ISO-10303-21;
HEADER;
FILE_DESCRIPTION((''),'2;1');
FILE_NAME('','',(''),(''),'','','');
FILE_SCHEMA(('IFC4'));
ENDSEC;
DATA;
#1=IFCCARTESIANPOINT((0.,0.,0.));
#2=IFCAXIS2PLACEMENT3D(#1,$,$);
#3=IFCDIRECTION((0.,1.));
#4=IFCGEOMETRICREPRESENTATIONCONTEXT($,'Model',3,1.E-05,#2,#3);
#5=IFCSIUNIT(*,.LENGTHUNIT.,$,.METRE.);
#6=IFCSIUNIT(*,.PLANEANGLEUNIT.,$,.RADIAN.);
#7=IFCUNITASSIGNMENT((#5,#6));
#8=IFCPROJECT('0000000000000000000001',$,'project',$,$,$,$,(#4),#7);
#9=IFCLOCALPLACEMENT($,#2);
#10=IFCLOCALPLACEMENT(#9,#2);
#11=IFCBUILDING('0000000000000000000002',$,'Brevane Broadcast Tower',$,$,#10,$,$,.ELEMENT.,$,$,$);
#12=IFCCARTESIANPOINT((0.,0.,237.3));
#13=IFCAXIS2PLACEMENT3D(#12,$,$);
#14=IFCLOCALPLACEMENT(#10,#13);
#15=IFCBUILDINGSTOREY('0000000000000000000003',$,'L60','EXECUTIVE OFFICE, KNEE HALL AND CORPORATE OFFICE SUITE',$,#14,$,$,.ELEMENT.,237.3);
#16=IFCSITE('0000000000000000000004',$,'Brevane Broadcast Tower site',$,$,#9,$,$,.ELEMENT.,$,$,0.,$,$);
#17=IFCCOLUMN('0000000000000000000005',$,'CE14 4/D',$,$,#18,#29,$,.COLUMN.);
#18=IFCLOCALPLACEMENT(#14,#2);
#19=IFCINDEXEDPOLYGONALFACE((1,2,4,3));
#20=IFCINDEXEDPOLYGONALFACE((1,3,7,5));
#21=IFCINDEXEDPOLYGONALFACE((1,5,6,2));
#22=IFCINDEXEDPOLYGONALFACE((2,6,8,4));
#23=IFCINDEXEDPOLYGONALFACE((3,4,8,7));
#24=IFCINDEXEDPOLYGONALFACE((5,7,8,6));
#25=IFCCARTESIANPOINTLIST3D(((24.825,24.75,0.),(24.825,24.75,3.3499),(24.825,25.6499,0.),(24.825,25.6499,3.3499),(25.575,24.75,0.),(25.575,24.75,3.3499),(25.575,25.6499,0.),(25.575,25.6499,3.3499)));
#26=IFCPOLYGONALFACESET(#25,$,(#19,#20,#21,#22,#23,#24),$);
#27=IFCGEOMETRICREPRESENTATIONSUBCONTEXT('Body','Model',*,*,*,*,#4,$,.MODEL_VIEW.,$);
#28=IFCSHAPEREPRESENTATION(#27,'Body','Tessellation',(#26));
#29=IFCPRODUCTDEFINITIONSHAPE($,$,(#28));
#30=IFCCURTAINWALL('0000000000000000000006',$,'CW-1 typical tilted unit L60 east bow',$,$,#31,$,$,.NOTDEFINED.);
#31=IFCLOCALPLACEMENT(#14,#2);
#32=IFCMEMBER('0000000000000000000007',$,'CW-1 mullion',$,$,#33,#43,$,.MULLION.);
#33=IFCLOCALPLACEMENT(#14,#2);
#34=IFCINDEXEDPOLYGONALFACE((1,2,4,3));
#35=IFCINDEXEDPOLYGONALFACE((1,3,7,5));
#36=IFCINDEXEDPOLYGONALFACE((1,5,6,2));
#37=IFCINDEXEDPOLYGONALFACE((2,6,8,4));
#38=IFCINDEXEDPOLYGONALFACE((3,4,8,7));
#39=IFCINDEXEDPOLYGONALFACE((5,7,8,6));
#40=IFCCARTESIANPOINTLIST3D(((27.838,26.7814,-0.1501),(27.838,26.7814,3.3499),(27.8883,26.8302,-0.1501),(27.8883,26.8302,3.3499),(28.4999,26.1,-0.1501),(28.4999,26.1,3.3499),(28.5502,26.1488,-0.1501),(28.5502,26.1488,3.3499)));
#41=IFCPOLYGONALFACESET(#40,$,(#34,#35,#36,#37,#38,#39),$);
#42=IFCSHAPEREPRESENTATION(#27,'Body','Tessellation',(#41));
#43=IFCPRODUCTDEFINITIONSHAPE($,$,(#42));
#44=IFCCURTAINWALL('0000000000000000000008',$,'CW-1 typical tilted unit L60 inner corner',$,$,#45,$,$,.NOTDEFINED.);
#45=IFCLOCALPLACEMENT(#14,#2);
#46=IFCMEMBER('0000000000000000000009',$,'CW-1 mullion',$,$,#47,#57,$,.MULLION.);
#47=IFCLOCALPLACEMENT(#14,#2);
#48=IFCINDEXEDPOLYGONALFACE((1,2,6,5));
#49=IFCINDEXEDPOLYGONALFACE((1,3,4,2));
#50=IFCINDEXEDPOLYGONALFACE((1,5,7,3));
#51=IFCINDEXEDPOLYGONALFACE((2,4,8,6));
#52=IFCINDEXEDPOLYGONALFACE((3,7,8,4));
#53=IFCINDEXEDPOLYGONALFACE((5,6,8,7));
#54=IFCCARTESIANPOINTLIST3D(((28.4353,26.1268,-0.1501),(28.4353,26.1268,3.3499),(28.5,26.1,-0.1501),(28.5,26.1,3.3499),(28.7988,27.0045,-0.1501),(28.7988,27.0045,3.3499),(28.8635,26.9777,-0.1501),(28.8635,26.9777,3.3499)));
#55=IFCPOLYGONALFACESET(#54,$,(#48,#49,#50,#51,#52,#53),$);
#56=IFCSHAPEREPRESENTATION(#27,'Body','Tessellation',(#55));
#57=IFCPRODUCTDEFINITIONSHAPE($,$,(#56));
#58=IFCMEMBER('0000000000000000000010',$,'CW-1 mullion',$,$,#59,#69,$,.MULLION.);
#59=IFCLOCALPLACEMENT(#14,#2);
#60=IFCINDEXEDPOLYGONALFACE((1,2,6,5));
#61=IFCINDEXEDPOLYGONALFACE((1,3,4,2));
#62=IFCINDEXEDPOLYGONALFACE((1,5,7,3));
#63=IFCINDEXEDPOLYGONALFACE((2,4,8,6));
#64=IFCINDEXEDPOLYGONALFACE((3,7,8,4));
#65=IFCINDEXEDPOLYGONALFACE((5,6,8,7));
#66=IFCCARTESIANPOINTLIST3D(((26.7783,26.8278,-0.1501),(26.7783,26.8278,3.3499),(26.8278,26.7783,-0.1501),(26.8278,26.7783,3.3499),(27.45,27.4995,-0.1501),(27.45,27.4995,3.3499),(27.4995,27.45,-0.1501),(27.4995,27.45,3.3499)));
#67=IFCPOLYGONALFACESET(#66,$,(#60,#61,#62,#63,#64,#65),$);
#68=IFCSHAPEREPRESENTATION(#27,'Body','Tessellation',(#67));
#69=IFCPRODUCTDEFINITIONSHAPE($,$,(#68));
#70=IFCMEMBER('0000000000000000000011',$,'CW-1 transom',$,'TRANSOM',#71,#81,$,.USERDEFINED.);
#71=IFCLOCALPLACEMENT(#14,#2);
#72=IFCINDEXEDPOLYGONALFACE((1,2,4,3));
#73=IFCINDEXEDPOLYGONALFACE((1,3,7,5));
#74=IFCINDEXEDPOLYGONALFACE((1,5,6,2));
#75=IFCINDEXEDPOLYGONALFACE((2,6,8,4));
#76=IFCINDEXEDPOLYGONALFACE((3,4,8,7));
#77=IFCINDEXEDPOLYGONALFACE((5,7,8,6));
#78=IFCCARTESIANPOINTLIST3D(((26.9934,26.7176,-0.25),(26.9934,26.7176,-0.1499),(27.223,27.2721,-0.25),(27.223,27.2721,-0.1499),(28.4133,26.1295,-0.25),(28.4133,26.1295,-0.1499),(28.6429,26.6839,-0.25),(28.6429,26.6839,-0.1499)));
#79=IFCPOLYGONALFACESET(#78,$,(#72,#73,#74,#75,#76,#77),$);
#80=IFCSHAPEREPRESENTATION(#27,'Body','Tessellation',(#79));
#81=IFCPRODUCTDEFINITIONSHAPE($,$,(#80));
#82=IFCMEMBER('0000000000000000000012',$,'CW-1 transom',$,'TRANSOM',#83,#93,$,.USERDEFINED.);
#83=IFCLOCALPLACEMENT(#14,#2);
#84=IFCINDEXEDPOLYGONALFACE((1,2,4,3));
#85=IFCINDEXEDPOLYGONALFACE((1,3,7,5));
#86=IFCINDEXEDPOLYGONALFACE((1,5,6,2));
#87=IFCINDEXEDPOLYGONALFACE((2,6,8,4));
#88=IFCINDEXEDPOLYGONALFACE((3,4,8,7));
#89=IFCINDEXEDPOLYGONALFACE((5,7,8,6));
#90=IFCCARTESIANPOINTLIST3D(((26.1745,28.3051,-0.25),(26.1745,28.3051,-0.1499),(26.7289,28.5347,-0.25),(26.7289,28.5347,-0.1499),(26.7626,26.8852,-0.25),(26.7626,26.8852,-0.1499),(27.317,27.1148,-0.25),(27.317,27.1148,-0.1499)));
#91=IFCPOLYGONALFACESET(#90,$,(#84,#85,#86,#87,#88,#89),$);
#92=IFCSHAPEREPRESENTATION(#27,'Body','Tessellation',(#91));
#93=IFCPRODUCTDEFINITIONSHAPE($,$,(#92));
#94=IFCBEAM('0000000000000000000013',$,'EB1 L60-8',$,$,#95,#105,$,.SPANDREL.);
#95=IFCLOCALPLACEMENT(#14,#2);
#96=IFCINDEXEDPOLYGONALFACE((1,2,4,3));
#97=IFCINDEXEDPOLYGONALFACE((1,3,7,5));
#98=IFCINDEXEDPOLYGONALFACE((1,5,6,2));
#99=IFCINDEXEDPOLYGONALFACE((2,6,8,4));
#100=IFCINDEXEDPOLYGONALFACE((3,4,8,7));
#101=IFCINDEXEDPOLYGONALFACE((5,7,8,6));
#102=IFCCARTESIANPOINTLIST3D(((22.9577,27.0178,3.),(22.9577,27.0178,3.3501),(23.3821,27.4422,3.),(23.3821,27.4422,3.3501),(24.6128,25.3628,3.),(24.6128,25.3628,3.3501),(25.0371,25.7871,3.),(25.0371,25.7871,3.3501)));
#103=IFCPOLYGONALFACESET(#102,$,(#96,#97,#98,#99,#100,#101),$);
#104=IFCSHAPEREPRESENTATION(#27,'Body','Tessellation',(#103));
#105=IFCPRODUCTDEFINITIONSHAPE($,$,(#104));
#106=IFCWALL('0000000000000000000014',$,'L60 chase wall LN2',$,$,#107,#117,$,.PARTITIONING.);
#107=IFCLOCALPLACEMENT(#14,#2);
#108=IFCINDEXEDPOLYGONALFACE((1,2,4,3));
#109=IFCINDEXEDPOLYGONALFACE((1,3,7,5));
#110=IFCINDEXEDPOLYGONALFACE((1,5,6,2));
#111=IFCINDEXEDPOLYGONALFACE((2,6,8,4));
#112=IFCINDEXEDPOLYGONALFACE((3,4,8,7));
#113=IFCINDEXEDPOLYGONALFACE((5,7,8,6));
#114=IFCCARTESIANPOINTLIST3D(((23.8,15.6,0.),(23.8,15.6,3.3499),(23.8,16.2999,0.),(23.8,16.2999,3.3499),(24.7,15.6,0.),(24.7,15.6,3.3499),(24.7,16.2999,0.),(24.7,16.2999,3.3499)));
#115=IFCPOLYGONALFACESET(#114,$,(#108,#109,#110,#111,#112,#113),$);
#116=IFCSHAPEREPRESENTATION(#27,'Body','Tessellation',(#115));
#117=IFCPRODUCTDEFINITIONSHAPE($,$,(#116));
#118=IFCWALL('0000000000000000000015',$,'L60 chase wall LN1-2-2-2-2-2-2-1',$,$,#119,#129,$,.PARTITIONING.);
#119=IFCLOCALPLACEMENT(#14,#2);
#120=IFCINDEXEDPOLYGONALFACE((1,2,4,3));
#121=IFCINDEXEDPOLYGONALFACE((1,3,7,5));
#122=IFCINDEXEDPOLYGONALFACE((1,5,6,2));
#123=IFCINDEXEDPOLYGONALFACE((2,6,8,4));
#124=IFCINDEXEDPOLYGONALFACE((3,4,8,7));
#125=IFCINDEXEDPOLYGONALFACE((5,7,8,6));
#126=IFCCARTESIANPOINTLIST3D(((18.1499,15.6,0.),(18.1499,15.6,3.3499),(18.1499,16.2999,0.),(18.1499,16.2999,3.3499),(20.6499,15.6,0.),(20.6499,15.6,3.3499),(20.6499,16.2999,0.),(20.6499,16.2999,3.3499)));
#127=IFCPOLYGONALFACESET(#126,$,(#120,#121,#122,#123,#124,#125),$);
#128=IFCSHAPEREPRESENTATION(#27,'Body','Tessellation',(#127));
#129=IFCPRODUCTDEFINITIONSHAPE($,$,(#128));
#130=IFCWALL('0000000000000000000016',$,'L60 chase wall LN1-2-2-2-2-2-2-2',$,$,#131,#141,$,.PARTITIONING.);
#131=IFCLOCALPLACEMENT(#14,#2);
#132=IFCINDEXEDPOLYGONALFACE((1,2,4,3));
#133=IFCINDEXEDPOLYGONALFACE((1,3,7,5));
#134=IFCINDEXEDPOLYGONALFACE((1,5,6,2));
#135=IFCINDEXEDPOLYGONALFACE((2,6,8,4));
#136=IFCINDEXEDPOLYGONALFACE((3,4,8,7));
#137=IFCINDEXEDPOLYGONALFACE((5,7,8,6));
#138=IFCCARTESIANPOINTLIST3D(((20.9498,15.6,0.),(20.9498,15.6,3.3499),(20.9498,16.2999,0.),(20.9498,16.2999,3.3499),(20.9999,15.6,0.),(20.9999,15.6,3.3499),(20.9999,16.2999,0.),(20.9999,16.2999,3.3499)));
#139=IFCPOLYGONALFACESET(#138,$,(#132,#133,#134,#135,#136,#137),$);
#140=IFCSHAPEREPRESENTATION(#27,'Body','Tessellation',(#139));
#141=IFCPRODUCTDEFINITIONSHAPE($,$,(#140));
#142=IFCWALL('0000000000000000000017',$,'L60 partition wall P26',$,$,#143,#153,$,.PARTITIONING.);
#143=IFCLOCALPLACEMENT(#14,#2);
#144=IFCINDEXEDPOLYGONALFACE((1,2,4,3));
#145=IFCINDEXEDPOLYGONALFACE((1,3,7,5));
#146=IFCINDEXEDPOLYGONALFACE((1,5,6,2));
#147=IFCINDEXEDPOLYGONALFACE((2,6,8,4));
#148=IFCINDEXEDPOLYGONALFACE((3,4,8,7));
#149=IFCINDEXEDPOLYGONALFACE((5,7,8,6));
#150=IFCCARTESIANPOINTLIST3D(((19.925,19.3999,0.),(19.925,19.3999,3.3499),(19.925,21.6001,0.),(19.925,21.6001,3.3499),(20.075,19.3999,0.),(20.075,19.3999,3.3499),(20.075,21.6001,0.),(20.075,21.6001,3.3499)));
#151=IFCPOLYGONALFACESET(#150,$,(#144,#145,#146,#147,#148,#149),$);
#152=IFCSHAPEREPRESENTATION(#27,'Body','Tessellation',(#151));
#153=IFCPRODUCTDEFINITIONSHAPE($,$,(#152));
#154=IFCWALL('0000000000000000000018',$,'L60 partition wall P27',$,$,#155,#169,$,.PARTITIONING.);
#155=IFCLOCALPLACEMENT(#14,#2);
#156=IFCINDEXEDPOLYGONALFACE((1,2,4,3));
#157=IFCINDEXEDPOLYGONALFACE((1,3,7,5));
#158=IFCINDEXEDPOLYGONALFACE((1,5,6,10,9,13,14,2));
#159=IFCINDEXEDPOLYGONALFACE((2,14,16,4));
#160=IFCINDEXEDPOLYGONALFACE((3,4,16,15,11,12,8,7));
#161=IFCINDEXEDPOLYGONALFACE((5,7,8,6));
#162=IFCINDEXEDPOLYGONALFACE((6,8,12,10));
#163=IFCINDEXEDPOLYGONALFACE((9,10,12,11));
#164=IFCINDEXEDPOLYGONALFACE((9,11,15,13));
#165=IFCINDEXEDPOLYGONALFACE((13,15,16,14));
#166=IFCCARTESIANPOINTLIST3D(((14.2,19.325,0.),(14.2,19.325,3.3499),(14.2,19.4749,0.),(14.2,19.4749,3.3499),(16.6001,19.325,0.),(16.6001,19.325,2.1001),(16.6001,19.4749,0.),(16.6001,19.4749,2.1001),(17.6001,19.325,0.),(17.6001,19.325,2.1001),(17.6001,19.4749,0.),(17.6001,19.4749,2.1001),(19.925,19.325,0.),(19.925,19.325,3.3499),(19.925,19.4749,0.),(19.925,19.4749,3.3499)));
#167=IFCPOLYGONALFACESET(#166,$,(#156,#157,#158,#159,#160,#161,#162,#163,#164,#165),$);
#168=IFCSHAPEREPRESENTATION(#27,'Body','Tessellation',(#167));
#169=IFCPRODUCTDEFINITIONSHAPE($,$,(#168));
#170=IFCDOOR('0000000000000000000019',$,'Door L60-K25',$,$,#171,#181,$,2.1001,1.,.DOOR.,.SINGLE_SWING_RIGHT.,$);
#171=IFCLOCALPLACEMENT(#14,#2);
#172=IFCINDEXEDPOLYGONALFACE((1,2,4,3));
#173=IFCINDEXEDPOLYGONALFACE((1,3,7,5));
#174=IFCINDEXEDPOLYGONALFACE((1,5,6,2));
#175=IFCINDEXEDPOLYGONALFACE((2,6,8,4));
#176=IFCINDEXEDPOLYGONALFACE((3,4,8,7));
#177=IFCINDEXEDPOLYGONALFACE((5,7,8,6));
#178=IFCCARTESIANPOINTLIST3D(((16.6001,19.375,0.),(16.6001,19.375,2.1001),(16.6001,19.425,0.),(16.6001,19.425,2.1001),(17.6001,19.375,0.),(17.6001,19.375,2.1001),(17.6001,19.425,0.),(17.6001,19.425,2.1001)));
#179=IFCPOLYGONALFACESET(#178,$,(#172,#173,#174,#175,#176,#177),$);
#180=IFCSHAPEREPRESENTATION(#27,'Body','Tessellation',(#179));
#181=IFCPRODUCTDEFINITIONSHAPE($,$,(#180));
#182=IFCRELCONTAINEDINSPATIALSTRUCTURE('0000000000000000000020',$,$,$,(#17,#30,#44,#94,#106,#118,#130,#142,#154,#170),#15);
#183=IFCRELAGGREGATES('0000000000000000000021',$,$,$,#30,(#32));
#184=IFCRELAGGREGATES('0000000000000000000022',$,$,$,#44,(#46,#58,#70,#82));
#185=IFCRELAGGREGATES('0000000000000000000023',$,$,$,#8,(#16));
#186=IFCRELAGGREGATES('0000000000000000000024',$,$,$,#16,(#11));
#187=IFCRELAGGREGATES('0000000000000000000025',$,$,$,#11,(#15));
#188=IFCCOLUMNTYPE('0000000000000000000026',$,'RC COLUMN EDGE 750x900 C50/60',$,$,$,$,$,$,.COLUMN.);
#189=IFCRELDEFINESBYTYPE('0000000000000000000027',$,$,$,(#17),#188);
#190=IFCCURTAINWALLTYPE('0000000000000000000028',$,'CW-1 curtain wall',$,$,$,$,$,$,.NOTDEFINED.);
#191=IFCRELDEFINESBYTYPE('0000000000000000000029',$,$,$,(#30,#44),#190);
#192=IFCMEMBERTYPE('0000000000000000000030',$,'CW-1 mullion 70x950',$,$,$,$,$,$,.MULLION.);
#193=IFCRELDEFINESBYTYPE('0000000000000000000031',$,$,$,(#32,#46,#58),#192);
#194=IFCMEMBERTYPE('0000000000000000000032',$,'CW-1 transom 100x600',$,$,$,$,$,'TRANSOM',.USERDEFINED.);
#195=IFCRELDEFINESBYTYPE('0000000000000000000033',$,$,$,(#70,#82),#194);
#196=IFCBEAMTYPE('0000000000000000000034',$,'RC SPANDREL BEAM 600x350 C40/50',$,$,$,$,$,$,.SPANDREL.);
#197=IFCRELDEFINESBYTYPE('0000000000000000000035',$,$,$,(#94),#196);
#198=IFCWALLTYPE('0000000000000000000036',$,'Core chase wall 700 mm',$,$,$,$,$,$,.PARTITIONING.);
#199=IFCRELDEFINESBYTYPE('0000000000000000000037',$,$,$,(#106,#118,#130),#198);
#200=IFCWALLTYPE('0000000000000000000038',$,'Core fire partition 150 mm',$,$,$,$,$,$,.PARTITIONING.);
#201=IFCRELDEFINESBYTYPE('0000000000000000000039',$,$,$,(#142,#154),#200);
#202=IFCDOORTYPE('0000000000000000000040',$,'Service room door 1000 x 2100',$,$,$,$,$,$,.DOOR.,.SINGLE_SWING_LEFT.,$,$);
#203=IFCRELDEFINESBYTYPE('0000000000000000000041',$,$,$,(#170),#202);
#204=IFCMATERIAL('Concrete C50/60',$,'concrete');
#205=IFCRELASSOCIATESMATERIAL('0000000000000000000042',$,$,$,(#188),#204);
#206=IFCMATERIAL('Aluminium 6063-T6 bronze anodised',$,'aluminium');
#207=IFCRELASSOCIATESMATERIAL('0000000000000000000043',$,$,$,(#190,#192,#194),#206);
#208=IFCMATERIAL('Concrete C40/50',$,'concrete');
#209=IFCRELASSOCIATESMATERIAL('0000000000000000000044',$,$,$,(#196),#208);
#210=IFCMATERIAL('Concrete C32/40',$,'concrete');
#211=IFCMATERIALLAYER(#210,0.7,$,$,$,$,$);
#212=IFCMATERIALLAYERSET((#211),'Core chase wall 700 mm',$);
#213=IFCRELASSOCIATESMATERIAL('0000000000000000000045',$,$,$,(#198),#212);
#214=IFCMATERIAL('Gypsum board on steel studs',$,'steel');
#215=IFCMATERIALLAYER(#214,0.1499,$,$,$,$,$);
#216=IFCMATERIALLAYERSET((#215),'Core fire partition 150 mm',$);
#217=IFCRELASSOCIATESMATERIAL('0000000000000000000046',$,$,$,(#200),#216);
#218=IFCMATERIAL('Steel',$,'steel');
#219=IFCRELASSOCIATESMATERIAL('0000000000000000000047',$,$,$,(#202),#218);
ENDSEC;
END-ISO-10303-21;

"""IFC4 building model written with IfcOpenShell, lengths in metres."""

from ifc_helpers import new_model, si_unit, direction, frame, frame_2d, origin, origin_2d, place, context, subcontext, project, spatial, rectangle, extrude, material, layer, layer_set, material_profile, profile_set, type_object, element, fill, aggregate, save


model = new_model("IFC4")

# Units and contexts
model_context = context("Model", 3, precision=1e-05, world=origin(), true_north=direction((0.0, 1.0)))
body_context = subcontext(model_context, "Body", "Model", "MODEL_VIEW")
ifc_project = project(units=[si_unit("LENGTHUNIT", "METRE"), si_unit("PLANEANGLEUNIT", "RADIAN")], contexts=[model_context])

# Site, building, storey
site_placement = place(None, origin())
site = spatial("IfcSite", under=ifc_project, at=site_placement, Name="Brevane Broadcast Tower site", CompositionType="ELEMENT", RefElevation=0.0)
building_placement = place(site_placement, origin())
building = spatial("IfcBuilding", under=site, at=building_placement, Name="Brevane Broadcast Tower", CompositionType="ELEMENT")
storey_placement = place(building_placement, frame((0.0, 0.0, 237.3)))
storey = spatial("IfcBuildingStorey", under=building, at=storey_placement, Name="L60", Description="EXECUTIVE OFFICE, KNEE HALL AND CORPORATE OFFICE SUITE", CompositionType="ELEMENT", Elevation=237.3)

# Column
ifc_material_1 = material(Name="Concrete C50/60", Category="concrete")
ifc_material_profile_1 = material_profile(ifc_material_1, rectangle(XDim=0.75, YDim=0.8999, at=origin_2d()), Name="RC 750x900")
ifc_profile_set_1 = profile_set([ifc_material_profile_1], Name="Concrete C50/60")
column_type = type_object("IfcColumnType", Name="RC COLUMN EDGE 750x900 C50/60", PredefinedType="COLUMN", material=ifc_profile_set_1)
column_placement = place(storey_placement, frame((25.2, 25.2, 0.0), z_axis=(0.0, 0.0, 1.0), x_axis=(1.0, 0.0, 0.0)))
element("IfcColumn", 1, at=column_placement, inside=storey, type_object=column_type, Name="CE14 4/D", PredefinedType="COLUMN", context=body_context, shape_type="SweptSolid", body=[
    extrude(rectangle(XDim=0.75, YDim=0.8999, at=origin_2d()), origin(), (0.0, 0.0, 1.0), 3.3499),
])

# Curtain wall, member
ifc_material_2 = material(Name="Aluminium 6063-T6 bronze anodised", Category="aluminium")
curtain_wall_type = type_object("IfcCurtainWallType", Name="CW-1 curtain wall", PredefinedType="NOTDEFINED", material=ifc_material_2)
curtain_wall_1_placement = place(storey_placement, origin())
curtain_wall_1 = element("IfcCurtainWall", 2, at=curtain_wall_1_placement, inside=storey, type_object=curtain_wall_type, Name="CW-1 typical tilted unit L60 east bow", PredefinedType="NOTDEFINED")
ifc_material_profile_2 = material_profile(ifc_material_2, rectangle(XDim=0.95, YDim=0.0701, at=origin_2d()), Name="RECT 70x950")
ifc_profile_set_2 = profile_set([ifc_material_profile_2], Name="Aluminium 6063-T6 bronze anodised")
member_type_1 = type_object("IfcMemberType", Name="CW-1 mullion 70x950", PredefinedType="MULLION", material=ifc_profile_set_2)
member_1_placement = place(storey_placement, frame((28.1941, 26.4651, -0.1501), z_axis=(0.0, 0.0, 1.0), x_axis=(0.696812, -0.717254, 0.0)))
member_1 = element("IfcMember", 3, at=member_1_placement, type_object=member_type_1, Name="CW-1 mullion", PredefinedType="MULLION", context=body_context, shape_type="SweptSolid", body=[
    extrude(rectangle(XDim=0.95, YDim=0.0701, at=origin_2d()), origin(), (0.0, 0.0, 1.0), 3.5),
])
aggregate(curtain_wall_1, [member_1])

# Curtain wall, members
curtain_wall_2_placement = place(storey_placement, origin())
curtain_wall_2 = element("IfcCurtainWall", 4, at=curtain_wall_2_placement, inside=storey, type_object=curtain_wall_type, Name="CW-1 typical tilted unit L60 inner corner", PredefinedType="NOTDEFINED")
member_2_placement = place(storey_placement, frame((28.6494, 26.5522, -0.1501), z_axis=(0.0, 0.0, 1.0), x_axis=(-0.382683, -0.92388, 0.0)))
member_2 = element("IfcMember", 5, at=member_2_placement, type_object=member_type_1, Name="CW-1 mullion", PredefinedType="MULLION", context=body_context, shape_type="SweptSolid", body=[
    extrude(rectangle(XDim=0.95, YDim=0.0701, at=origin_2d()), origin(), (0.0, 0.0, 1.0), 3.5),
])
member_3_placement = place(storey_placement, frame((27.1389, 27.1389, -0.1501), z_axis=(0.0, 0.0, 1.0), x_axis=(-0.707107, -0.707107, 0.0)))
member_3 = element("IfcMember", 6, at=member_3_placement, type_object=member_type_1, Name="CW-1 mullion", PredefinedType="MULLION", context=body_context, shape_type="SweptSolid", body=[
    extrude(rectangle(XDim=0.95, YDim=0.0701, at=origin_2d()), origin(), (0.0, 0.0, 1.0), 3.5),
])
ifc_material_profile_3 = material_profile(ifc_material_2, rectangle(XDim=0.6001, YDim=0.1001, at=origin_2d()), Name="RECT 100x600")
ifc_profile_set_3 = profile_set([ifc_material_profile_3], Name="Aluminium 6063-T6 bronze anodised")
member_type_2 = type_object("IfcMemberType", Name="CW-1 transom 100x600", ElementType="TRANSOM", PredefinedType="USERDEFINED", material=ifc_profile_set_3)
member_4_placement = place(storey_placement, frame((28.5281, 26.4067, -0.2), z_axis=(-0.923883, 0.382674, 0.0), x_axis=(-0.382674, -0.923883, 0.0)))
member_4 = element("IfcMember", 7, at=member_4_placement, type_object=member_type_2, Name="CW-1 transom", ObjectType="TRANSOM", PredefinedType="USERDEFINED", context=body_context, shape_type="SweptSolid", body=[
    extrude(rectangle(XDim=0.6001, YDim=0.1001, at=origin_2d()), origin(), (0.0, 0.0, 1.0), 1.5369),
])
member_5_placement = place(storey_placement, frame((27.0398, 27.0, -0.2), z_axis=(-0.382674, 0.923883, 0.0), x_axis=(-0.923883, -0.382674, 0.0)))
member_5 = element("IfcMember", 8, at=member_5_placement, type_object=member_type_2, Name="CW-1 transom", ObjectType="TRANSOM", PredefinedType="USERDEFINED", context=body_context, shape_type="SweptSolid", body=[
    extrude(rectangle(XDim=0.6001, YDim=0.1001, at=origin_2d()), origin(), (0.0, 0.0, 1.0), 1.5369),
])
aggregate(curtain_wall_2, [member_2, member_3, member_4, member_5])

# Beam
ifc_material_3 = material(Name="Concrete C40/50", Category="concrete")
ifc_material_profile_4 = material_profile(ifc_material_3, rectangle(XDim=0.6001, YDim=0.3501, at=origin_2d()), Name="RC 600x350")
ifc_profile_set_4 = profile_set([ifc_material_profile_4], Name="Concrete C40/50")
beam_type = type_object("IfcBeamType", Name="RC SPANDREL BEAM 600x350 C40/50", PredefinedType="SPANDREL", material=ifc_profile_set_4)
beam_placement = place(storey_placement, frame((24.825, 25.575, 3.175), z_axis=(-0.707107, 0.707107, 0.0), x_axis=(-0.707107, -0.707107, 0.0)))
element("IfcBeam", 9, at=beam_placement, inside=storey, type_object=beam_type, Name="EB1 L60-8", PredefinedType="SPANDREL", context=body_context, shape_type="SweptSolid", body=[
    extrude(rectangle(XDim=0.6001, YDim=0.3501, at=origin_2d()), origin(), (0.0, 0.0, 1.0), 2.3406),
])

# Walls
ifc_material_4 = material(Name="Concrete C32/40", Category="concrete")
ifc_layer_1 = layer(ifc_material_4, 0.7)
ifc_layer_set_1 = layer_set([ifc_layer_1], Name="Core chase wall 700 mm")
wall_type_1 = type_object("IfcWallType", Name="Core chase wall 700 mm", PredefinedType="PARTITIONING", material=ifc_layer_set_1)
wall_1_placement = place(storey_placement, frame((23.8, 15.95, 0.0), z_axis=(0.0, 0.0, 1.0), x_axis=(1.0, 0.0, 0.0)))
element("IfcWall", 10, at=wall_1_placement, inside=storey, type_object=wall_type_1, Name="L60 chase wall LN2", PredefinedType="PARTITIONING", context=body_context, shape_type="SweptSolid", body=[
    extrude(rectangle(XDim=0.8999, YDim=0.7, at=frame_2d((0.45, 0.0))), origin(), (0.0, 0.0, 1.0), 3.3499),
])
wall_2_placement = place(storey_placement, frame((18.1499, 15.95, 0.0), z_axis=(0.0, 0.0, 1.0), x_axis=(1.0, 0.0, 0.0)))
element("IfcWall", 11, at=wall_2_placement, inside=storey, type_object=wall_type_1, Name="L60 chase wall LN1-2-2-2-2-2-2-1", PredefinedType="PARTITIONING", context=body_context, shape_type="SweptSolid", body=[
    extrude(rectangle(XDim=2.5, YDim=0.7, at=frame_2d((1.25, 0.0))), origin(), (0.0, 0.0, 1.0), 3.3499),
])
wall_3_placement = place(storey_placement, frame((20.95, 15.95, 0.0), z_axis=(0.0, 0.0, 1.0), x_axis=(1.0, 0.0, 0.0)))
element("IfcWall", 12, at=wall_3_placement, inside=storey, type_object=wall_type_1, Name="L60 chase wall LN1-2-2-2-2-2-2-2", PredefinedType="PARTITIONING", context=body_context, shape_type="SweptSolid", body=[
    extrude(rectangle(XDim=0.05, YDim=0.7, at=frame_2d((0.0249, 0.0))), origin(), (0.0, 0.0, 1.0), 3.3499),
])
ifc_material_5 = material(Name="Gypsum board on steel studs", Category="steel")
ifc_layer_2 = layer(ifc_material_5, 0.1499)
ifc_layer_set_2 = layer_set([ifc_layer_2], Name="Core fire partition 150 mm")
wall_type_2 = type_object("IfcWallType", Name="Core fire partition 150 mm", PredefinedType="PARTITIONING", material=ifc_layer_set_2)
wall_4_placement = place(storey_placement, frame((20.0, 21.6001, 0.0), z_axis=(0.0, 0.0, 1.0), x_axis=(0.0, -1.0, 0.0)))
element("IfcWall", 13, at=wall_4_placement, inside=storey, type_object=wall_type_2, Name="L60 partition wall P26", PredefinedType="PARTITIONING", context=body_context, shape_type="SweptSolid", body=[
    extrude(rectangle(XDim=2.2002, YDim=0.1499, at=frame_2d((1.1001, 0.0))), origin(), (0.0, 0.0, 1.0), 3.3499),
])

# Wall, opening, door
wall_5_placement = place(storey_placement, frame((19.925, 19.3999, 0.0), z_axis=(0.0, 0.0, 1.0), x_axis=(-1.0, 0.0, 0.0)))
wall_5 = element("IfcWall", 14, at=wall_5_placement, inside=storey, type_object=wall_type_2, Name="L60 partition wall P27", PredefinedType="PARTITIONING", context=body_context, shape_type="SweptSolid", body=[
    extrude(rectangle(XDim=5.7251, YDim=0.1499, at=frame_2d((2.8625, 0.0))), origin(), (0.0, 0.0, 1.0), 3.3499),
])
opening_1_placement = place(wall_5_placement, frame((2.325, 0.0, 0.0)))
opening_1 = element("IfcOpeningElement", 15, at=opening_1_placement, cuts=wall_5, PredefinedType="OPENING", context=body_context, shape_type="SweptSolid", body=[
    extrude(rectangle(XDim=1.0, YDim=2.1001, at=frame_2d((0.5, 1.05))), frame((0.0, 0.085, 0.0), z_axis=(0.0, -1.0, 0.0), x_axis=(1.0, 0.0, 0.0)), (0.0, 0.0, 1.0), 0.1699),
])
ifc_material_6 = material(Name="Steel", Category="steel")
door_type_1 = type_object("IfcDoorType", Name="Service room door 1000 x 2100", OperationType="SINGLE_SWING_LEFT", PredefinedType="DOOR", material=ifc_material_6)
door_1_placement = place(opening_1_placement, origin())
door_1 = element("IfcDoor", 16, at=door_1_placement, inside=storey, type_object=door_type_1, Name="Door L60-K25", OperationType="SINGLE_SWING_RIGHT", OverallHeight=2.1001, OverallWidth=1.0, PredefinedType="DOOR", context=body_context, shape_type="SweptSolid", body=[
    extrude(rectangle(XDim=1.0, YDim=2.1001, at=frame_2d((0.5, 1.05))), frame((0.0, 0.0249, 0.0), z_axis=(0.0, -1.0, 0.0), x_axis=(1.0, 0.0, 0.0)), (0.0, 0.0, 1.0), 0.05),
])
fill(opening_1, door_1)

save(model, "model.ifc")
